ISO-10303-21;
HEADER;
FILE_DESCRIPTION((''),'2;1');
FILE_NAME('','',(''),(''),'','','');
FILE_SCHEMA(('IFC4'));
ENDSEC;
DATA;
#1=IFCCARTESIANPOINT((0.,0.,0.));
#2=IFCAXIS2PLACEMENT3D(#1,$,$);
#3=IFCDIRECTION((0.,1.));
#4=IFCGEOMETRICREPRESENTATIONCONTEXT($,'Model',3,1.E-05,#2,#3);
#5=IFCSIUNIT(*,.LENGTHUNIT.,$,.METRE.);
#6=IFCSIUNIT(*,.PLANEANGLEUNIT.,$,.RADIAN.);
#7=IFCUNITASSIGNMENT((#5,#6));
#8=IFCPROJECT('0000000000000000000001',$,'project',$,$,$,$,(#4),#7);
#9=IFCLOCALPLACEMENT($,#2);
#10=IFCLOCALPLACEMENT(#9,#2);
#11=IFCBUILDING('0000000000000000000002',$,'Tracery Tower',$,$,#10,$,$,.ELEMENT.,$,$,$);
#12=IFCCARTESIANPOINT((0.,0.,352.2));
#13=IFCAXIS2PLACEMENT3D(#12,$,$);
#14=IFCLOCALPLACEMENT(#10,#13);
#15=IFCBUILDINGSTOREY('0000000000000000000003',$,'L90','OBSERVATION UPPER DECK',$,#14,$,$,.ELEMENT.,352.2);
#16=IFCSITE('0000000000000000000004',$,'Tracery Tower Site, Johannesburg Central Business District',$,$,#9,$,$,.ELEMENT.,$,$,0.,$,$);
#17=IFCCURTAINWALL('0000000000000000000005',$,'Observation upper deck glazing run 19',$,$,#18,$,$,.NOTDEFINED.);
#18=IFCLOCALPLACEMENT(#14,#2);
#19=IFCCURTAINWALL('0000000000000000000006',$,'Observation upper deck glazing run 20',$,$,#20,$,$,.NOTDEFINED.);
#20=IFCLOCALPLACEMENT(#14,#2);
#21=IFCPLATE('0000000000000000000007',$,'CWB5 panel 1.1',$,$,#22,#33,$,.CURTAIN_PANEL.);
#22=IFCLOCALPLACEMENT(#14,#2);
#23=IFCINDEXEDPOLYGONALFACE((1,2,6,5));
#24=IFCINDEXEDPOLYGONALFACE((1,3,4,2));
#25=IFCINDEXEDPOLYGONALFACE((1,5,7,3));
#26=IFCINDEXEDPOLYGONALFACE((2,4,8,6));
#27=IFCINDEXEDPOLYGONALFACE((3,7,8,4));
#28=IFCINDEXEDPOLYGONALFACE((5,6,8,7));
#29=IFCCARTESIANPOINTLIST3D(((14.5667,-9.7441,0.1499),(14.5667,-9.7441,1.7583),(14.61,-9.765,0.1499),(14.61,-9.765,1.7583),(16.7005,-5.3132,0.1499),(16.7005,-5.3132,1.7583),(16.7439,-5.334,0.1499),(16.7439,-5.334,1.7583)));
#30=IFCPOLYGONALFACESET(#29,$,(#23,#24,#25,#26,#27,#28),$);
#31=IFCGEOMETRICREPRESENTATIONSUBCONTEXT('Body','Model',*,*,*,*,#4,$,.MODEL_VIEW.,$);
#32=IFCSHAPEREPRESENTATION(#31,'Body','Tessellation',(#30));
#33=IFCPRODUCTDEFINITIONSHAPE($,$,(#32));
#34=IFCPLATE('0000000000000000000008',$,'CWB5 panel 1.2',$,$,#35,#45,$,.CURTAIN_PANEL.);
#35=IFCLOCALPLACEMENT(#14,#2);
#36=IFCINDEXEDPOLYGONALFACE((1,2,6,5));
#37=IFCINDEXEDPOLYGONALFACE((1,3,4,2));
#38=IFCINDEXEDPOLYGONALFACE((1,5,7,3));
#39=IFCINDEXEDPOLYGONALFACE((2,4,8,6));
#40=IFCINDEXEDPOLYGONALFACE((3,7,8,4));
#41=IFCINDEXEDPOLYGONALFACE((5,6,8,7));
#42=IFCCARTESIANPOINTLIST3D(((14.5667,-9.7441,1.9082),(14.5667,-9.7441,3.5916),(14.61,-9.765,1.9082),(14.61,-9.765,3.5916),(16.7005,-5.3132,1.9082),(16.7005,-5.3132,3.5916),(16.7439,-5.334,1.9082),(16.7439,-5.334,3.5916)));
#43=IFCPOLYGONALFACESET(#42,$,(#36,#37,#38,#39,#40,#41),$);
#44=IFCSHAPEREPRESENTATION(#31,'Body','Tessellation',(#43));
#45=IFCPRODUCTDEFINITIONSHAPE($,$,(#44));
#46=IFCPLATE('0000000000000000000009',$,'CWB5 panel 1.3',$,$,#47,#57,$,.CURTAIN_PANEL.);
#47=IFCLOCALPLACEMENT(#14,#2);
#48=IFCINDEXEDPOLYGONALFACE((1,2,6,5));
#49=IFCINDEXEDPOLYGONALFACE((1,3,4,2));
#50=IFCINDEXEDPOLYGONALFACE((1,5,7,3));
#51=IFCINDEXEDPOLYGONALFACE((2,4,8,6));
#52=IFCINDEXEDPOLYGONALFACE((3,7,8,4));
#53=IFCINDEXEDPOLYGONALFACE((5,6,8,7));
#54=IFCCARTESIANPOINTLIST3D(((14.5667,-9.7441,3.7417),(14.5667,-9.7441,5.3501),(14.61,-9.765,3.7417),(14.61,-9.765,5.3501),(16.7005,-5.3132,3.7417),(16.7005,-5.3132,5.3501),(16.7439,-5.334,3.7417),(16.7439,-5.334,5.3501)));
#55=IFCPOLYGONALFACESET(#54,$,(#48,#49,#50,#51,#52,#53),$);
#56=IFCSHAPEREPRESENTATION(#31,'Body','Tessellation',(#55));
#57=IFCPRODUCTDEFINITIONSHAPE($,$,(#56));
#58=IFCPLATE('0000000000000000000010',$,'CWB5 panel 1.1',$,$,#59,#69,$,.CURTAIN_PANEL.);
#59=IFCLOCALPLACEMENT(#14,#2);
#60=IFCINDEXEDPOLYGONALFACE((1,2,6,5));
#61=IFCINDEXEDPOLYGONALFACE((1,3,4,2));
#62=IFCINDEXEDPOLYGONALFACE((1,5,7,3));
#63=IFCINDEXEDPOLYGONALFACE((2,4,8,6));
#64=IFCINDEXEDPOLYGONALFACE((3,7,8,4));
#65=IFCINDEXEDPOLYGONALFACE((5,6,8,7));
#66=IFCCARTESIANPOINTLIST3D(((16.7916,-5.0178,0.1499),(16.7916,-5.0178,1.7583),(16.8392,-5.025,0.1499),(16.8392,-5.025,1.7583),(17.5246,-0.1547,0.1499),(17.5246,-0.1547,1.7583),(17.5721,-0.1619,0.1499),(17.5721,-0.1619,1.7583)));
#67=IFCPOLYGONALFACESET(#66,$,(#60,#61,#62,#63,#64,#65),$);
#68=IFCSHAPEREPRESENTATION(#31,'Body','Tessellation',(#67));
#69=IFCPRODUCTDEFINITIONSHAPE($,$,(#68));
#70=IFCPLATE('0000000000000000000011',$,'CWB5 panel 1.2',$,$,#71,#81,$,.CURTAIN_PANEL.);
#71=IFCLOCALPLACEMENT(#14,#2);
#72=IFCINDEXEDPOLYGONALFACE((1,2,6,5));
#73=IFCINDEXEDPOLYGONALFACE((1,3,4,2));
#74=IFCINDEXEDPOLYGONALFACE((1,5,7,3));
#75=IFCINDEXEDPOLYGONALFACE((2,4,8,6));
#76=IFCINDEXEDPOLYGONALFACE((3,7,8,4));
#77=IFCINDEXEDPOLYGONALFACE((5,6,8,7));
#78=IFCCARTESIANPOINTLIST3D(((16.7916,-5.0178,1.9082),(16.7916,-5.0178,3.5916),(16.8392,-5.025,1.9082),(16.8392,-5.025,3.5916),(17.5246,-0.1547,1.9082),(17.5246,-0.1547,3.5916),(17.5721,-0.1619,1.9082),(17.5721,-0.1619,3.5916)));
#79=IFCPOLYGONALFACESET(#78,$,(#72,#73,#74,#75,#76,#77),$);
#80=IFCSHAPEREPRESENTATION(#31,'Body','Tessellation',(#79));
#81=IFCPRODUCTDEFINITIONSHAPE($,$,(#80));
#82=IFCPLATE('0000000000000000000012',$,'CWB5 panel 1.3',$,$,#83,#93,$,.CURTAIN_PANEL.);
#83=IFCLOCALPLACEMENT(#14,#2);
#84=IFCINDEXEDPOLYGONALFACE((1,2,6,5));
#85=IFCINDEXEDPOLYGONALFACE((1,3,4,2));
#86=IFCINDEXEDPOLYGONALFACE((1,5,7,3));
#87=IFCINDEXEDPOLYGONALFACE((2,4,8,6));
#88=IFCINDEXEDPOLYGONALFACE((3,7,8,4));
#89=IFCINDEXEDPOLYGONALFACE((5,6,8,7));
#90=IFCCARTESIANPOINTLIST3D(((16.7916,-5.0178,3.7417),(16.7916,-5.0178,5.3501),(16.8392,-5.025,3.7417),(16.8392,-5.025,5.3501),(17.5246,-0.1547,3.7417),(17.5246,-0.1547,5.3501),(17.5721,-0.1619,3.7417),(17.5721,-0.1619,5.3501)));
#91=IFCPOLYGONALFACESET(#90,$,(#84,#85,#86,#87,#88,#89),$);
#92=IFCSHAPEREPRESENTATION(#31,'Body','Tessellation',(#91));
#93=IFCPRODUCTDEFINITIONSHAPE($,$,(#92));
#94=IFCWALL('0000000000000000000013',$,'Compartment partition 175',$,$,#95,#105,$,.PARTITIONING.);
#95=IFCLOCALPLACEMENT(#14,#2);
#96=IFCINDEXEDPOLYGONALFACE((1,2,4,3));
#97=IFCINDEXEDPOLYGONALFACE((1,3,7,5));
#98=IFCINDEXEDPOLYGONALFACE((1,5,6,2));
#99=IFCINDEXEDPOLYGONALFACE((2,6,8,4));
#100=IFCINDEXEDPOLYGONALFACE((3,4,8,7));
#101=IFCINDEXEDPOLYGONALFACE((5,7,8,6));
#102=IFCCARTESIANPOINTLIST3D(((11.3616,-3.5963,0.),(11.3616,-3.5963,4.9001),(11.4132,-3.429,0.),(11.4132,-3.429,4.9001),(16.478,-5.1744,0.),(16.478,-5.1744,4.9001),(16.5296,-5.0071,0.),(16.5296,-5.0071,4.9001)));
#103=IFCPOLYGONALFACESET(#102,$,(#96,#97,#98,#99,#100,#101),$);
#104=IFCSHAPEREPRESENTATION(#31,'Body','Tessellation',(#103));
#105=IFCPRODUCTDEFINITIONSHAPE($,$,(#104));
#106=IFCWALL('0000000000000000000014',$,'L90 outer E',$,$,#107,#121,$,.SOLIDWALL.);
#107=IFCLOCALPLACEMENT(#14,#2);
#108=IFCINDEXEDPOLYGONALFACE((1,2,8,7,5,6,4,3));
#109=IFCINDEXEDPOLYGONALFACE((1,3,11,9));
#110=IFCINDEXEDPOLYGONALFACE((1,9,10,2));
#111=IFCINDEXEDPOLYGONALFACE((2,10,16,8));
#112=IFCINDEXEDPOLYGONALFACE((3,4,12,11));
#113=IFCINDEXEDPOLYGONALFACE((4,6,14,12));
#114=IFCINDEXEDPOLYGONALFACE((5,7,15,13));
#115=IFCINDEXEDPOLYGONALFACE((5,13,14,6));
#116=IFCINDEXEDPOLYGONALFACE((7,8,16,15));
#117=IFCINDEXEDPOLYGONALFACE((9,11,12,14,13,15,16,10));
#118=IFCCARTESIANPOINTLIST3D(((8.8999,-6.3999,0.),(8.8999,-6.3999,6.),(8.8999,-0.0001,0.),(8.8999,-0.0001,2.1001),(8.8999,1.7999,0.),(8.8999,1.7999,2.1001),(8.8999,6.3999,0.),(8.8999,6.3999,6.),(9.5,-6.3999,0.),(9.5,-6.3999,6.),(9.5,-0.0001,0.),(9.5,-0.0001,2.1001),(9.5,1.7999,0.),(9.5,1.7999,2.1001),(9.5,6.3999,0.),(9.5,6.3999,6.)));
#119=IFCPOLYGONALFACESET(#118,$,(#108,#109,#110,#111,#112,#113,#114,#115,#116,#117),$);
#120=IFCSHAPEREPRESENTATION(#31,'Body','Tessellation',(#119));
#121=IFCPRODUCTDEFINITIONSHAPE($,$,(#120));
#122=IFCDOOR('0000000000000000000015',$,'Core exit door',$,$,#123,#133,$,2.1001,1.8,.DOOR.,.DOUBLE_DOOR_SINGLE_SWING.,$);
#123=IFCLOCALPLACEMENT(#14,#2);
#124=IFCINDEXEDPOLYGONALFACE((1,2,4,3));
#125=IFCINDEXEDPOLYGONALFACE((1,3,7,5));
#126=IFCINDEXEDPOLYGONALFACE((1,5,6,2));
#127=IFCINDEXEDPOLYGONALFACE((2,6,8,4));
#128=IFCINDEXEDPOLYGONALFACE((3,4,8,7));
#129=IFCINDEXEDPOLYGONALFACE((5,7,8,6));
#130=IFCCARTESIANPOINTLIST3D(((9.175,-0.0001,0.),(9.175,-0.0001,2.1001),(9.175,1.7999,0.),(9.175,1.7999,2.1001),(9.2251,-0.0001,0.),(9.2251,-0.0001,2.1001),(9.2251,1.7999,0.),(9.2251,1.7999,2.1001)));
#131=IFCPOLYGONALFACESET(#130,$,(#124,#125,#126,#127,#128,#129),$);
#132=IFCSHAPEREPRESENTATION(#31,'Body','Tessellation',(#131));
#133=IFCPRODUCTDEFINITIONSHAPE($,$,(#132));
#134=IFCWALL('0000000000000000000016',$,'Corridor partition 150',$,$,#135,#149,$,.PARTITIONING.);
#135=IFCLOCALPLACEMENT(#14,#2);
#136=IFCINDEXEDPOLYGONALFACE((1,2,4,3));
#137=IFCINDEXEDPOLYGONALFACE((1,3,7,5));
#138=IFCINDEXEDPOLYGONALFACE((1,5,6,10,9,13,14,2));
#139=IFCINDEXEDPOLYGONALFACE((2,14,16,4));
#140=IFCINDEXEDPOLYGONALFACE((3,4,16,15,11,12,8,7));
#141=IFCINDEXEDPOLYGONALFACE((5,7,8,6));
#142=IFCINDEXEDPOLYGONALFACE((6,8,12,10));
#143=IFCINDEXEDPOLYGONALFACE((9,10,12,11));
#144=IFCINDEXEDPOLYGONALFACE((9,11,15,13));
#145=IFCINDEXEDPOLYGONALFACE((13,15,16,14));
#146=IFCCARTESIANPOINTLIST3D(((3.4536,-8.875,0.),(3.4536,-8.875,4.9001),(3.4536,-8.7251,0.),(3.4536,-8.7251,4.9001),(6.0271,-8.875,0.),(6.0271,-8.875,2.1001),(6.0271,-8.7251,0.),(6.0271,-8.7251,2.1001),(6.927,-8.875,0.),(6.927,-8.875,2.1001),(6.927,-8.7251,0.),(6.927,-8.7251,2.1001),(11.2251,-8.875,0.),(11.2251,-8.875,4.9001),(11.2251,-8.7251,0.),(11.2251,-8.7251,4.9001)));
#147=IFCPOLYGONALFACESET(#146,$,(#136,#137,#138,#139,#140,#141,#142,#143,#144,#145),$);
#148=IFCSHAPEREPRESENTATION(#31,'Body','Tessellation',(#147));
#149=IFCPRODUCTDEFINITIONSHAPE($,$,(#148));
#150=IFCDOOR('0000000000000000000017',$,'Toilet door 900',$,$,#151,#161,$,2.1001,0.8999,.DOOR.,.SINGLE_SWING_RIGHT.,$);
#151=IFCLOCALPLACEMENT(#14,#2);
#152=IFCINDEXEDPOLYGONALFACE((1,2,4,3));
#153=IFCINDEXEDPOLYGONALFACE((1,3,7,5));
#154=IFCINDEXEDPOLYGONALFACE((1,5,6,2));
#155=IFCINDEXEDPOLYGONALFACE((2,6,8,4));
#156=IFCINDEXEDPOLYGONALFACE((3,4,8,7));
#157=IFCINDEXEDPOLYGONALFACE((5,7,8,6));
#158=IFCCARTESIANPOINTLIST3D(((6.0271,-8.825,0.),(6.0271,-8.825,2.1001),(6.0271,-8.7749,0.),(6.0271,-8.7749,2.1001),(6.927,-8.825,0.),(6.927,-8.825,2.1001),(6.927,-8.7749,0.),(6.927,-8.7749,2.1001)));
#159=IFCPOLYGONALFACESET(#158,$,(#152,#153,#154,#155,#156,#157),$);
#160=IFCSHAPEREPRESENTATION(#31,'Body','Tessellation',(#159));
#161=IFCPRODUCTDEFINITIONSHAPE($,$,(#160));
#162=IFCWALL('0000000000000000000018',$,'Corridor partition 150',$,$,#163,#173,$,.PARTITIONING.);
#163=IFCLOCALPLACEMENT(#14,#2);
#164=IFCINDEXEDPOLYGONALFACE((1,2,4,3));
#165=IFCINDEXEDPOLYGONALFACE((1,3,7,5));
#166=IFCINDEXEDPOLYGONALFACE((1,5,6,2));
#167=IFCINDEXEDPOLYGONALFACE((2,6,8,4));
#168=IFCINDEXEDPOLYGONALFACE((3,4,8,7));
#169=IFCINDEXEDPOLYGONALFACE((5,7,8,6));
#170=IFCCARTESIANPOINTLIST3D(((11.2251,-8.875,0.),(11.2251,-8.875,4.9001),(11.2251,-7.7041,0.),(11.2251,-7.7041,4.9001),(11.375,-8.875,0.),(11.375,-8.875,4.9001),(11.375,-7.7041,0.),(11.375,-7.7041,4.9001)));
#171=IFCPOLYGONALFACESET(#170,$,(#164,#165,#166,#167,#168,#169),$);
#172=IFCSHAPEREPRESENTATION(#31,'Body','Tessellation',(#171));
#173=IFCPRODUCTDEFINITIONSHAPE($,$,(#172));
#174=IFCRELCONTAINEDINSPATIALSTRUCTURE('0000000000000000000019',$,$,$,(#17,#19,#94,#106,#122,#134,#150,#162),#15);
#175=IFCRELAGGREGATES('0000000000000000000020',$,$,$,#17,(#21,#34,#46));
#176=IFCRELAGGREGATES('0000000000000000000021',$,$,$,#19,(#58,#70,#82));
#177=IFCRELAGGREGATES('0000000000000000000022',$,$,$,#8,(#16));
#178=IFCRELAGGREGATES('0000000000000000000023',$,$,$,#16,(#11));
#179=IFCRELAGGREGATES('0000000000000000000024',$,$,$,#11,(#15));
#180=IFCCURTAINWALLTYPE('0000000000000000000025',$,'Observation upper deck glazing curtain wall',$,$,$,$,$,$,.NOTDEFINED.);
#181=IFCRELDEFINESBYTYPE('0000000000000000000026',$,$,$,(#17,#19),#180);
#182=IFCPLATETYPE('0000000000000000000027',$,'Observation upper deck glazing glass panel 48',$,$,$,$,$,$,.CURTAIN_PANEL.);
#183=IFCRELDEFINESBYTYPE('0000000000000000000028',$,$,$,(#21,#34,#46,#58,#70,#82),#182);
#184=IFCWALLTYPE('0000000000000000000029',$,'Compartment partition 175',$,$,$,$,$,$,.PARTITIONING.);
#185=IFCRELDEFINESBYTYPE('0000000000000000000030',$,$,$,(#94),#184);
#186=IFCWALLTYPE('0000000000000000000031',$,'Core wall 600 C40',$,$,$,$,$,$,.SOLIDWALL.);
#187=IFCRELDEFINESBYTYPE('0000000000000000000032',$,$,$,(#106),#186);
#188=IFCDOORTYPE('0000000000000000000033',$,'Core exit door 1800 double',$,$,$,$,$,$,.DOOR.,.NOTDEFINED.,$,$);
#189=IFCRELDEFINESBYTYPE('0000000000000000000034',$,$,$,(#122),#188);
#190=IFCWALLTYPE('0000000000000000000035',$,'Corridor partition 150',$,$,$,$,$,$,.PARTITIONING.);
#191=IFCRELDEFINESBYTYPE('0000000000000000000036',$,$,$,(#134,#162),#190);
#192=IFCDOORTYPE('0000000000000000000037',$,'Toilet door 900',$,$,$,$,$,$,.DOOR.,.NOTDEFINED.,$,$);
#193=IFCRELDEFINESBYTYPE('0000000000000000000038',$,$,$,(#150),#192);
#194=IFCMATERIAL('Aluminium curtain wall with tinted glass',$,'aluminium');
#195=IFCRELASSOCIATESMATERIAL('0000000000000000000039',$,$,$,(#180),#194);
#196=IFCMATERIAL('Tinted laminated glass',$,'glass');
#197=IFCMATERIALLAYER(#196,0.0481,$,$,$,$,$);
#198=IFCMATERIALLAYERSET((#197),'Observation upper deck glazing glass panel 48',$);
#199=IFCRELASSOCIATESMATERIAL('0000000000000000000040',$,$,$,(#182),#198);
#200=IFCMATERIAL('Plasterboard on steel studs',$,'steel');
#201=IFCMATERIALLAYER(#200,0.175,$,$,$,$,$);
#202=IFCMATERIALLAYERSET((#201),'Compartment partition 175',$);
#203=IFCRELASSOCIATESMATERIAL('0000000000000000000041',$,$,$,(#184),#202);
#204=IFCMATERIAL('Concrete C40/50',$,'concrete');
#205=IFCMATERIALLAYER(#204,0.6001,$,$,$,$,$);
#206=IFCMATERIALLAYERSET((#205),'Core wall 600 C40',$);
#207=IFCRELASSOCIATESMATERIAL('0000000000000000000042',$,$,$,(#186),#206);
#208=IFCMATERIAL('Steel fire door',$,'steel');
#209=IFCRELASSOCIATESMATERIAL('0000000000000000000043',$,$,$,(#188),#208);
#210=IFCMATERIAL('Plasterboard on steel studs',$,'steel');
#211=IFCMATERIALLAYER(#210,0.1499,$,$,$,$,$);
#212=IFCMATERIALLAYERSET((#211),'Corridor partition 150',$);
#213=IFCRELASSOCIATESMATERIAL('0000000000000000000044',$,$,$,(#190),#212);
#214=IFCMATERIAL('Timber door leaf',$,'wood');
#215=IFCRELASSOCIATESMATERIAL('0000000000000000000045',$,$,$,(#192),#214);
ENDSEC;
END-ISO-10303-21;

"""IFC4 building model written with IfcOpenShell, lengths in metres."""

from ifc_helpers import new_model, si_unit, direction, frame, frame_2d, origin, origin_2d, place, context, subcontext, project, spatial, rectangle, extrude, material, layer, layer_set, type_object, element, fill, aggregate, save


model = new_model("IFC4")

# Units and contexts
model_context = context("Model", 3, precision=1e-05, world=origin(), true_north=direction((0.0, 1.0)))
body_context = subcontext(model_context, "Body", "Model", "MODEL_VIEW")
ifc_project = project(units=[si_unit("LENGTHUNIT", "METRE"), si_unit("PLANEANGLEUNIT", "RADIAN")], contexts=[model_context])

# Site, building, storey
site_placement = place(None, origin())
site = spatial("IfcSite", under=ifc_project, at=site_placement, Name="Tracery Tower Site, Johannesburg Central Business District", CompositionType="ELEMENT", RefElevation=0.0)
building_placement = place(site_placement, origin())
building = spatial("IfcBuilding", under=site, at=building_placement, Name="Tracery Tower", CompositionType="ELEMENT")
storey_placement = place(building_placement, frame((0.0, 0.0, 352.2)))
storey = spatial("IfcBuildingStorey", under=building, at=storey_placement, Name="L90", Description="OBSERVATION UPPER DECK", CompositionType="ELEMENT", Elevation=352.2)

# Curtain wall
ifc_material_1 = material(Name="Aluminium curtain wall with tinted glass", Category="aluminium")
curtain_wall_type = type_object("IfcCurtainWallType", Name="Observation upper deck glazing curtain wall", PredefinedType="NOTDEFINED", material=ifc_material_1)
curtain_wall_1_placement = place(storey_placement, origin())
curtain_wall_1 = element("IfcCurtainWall", 1, at=curtain_wall_1_placement, inside=storey, type_object=curtain_wall_type, Name="Observation upper deck glazing run 19", PredefinedType="NOTDEFINED")

# Curtain wall
curtain_wall_2_placement = place(storey_placement, origin())
curtain_wall_2 = element("IfcCurtainWall", 2, at=curtain_wall_2_placement, inside=storey, type_object=curtain_wall_type, Name="Observation upper deck glazing run 20", PredefinedType="NOTDEFINED")

# Plates
ifc_material_2 = material(Name="Tinted laminated glass", Category="glass")
ifc_layer_1 = layer(ifc_material_2, 0.0481)
ifc_layer_set_1 = layer_set([ifc_layer_1], Name="Observation upper deck glazing glass panel 48")
plate_type = type_object("IfcPlateType", Name="Observation upper deck glazing glass panel 48", PredefinedType="CURTAIN_PANEL", material=ifc_layer_set_1)
plate_1_placement = place(storey_placement, frame((15.6553, -7.5391, 0.1499), z_axis=(0.0, 0.0, 1.0), x_axis=(0.433888, 0.900967, 0.0)))
plate_1 = element("IfcPlate", 3, at=plate_1_placement, type_object=plate_type, Name="CWB5 panel 1.1", PredefinedType="CURTAIN_PANEL", context=body_context, shape_type="SweptSolid", body=[
    extrude(rectangle(XDim=4.918, YDim=0.0481, at=origin_2d()), origin(), (0.0, 0.0, 1.0), 1.6084),
])
plate_2_placement = place(storey_placement, frame((15.6553, -7.5391, 1.9082), z_axis=(0.0, 0.0, 1.0), x_axis=(0.433888, 0.900967, 0.0)))
plate_2 = element("IfcPlate", 4, at=plate_2_placement, type_object=plate_type, Name="CWB5 panel 1.2", PredefinedType="CURTAIN_PANEL", context=body_context, shape_type="SweptSolid", body=[
    extrude(rectangle(XDim=4.918, YDim=0.0481, at=origin_2d()), origin(), (0.0, 0.0, 1.0), 1.6833),
])
plate_3_placement = place(storey_placement, frame((15.6553, -7.5391, 3.7417), z_axis=(0.0, 0.0, 1.0), x_axis=(0.433888, 0.900967, 0.0)))
plate_3 = element("IfcPlate", 5, at=plate_3_placement, type_object=plate_type, Name="CWB5 panel 1.3", PredefinedType="CURTAIN_PANEL", context=body_context, shape_type="SweptSolid", body=[
    extrude(rectangle(XDim=4.918, YDim=0.0481, at=origin_2d()), origin(), (0.0, 0.0, 1.0), 1.6084),
])
aggregate(curtain_wall_1, [plate_1, plate_2, plate_3])
plate_4_placement = place(storey_placement, frame((17.1819, -2.5898, 0.1499), z_axis=(0.0, 0.0, 1.0), x_axis=(0.149033, 0.988832, 0.0)))
plate_4 = element("IfcPlate", 6, at=plate_4_placement, type_object=plate_type, Name="CWB5 panel 1.1", PredefinedType="CURTAIN_PANEL", context=body_context, shape_type="SweptSolid", body=[
    extrude(rectangle(XDim=4.918, YDim=0.0481, at=origin_2d()), origin(), (0.0, 0.0, 1.0), 1.6084),
])
plate_5_placement = place(storey_placement, frame((17.1819, -2.5898, 1.9082), z_axis=(0.0, 0.0, 1.0), x_axis=(0.149033, 0.988832, 0.0)))
plate_5 = element("IfcPlate", 7, at=plate_5_placement, type_object=plate_type, Name="CWB5 panel 1.2", PredefinedType="CURTAIN_PANEL", context=body_context, shape_type="SweptSolid", body=[
    extrude(rectangle(XDim=4.918, YDim=0.0481, at=origin_2d()), origin(), (0.0, 0.0, 1.0), 1.6833),
])
plate_6_placement = place(storey_placement, frame((17.1819, -2.5898, 3.7417), z_axis=(0.0, 0.0, 1.0), x_axis=(0.149033, 0.988832, 0.0)))
plate_6 = element("IfcPlate", 8, at=plate_6_placement, type_object=plate_type, Name="CWB5 panel 1.3", PredefinedType="CURTAIN_PANEL", context=body_context, shape_type="SweptSolid", body=[
    extrude(rectangle(XDim=4.918, YDim=0.0481, at=origin_2d()), origin(), (0.0, 0.0, 1.0), 1.6084),
])
aggregate(curtain_wall_2, [plate_4, plate_5, plate_6])

# Shared definitions
ifc_material_3 = material(Name="Plasterboard on steel studs", Category="steel")
ifc_layer_2 = layer(ifc_material_3, 0.175)
ifc_layer_set_2 = layer_set([ifc_layer_2], Name="Compartment partition 175")
wall_type_1 = type_object("IfcWallType", Name="Compartment partition 175", PredefinedType="PARTITIONING", material=ifc_layer_set_2)

# Wall
wall_1_placement = place(storey_placement, frame((16.5039, -5.0908, 0.0), z_axis=(0.0, 0.0, 1.0), x_axis=(-0.955578, 0.294739, 0.0)))
element("IfcWall", 9, at=wall_1_placement, inside=storey, type_object=wall_type_1, Name="Compartment partition 175", PredefinedType="PARTITIONING", context=body_context, shape_type="SweptSolid", body=[
    extrude(rectangle(XDim=5.3542, YDim=0.175, at=frame_2d((2.6772, 0.0))), origin(), (0.0, 0.0, 1.0), 4.9001),
])

# Walls, openings, doors
ifc_material_4 = material(Name="Concrete C40/50", Category="concrete")
ifc_layer_3 = layer(ifc_material_4, 0.6001)
ifc_layer_set_3 = layer_set([ifc_layer_3], Name="Core wall 600 C40")
wall_type_2 = type_object("IfcWallType", Name="Core wall 600 C40", PredefinedType="SOLIDWALL", material=ifc_layer_set_3)
wall_2_placement = place(storey_placement, frame((9.2, -6.3999, 0.0), z_axis=(0.0, 0.0, 1.0), x_axis=(0.0, 1.0, 0.0)))
wall_2 = element("IfcWall", 10, at=wall_2_placement, inside=storey, type_object=wall_type_2, Name="L90 outer E", PredefinedType="SOLIDWALL", context=body_context, shape_type="SweptSolid", body=[
    extrude(rectangle(XDim=12.7998, YDim=0.6001, at=frame_2d((6.3999, 0.0))), origin(), (0.0, 0.0, 1.0), 6.0),
])
opening_1_placement = place(wall_2_placement, frame((6.3999, 0.0, 0.0)))
opening_1 = element("IfcOpeningElement", 11, at=opening_1_placement, cuts=wall_2, PredefinedType="OPENING", context=body_context, shape_type="SweptSolid", body=[
    extrude(rectangle(XDim=1.8, YDim=2.1001, at=frame_2d((0.8999, 1.05))), frame((0.0, 0.3, 0.0), z_axis=(0.0, -1.0, 0.0), x_axis=(1.0, 0.0, 0.0)), (0.0, 0.0, 1.0), 0.6001),
])
ifc_material_5 = material(Name="Steel fire door", Category="steel")
door_type_1 = type_object("IfcDoorType", Name="Core exit door 1800 double", OperationType="NOTDEFINED", PredefinedType="DOOR", material=ifc_material_5)
door_1_placement = place(opening_1_placement, origin())
door_1 = element("IfcDoor", 12, at=door_1_placement, inside=storey, type_object=door_type_1, Name="Core exit door", OperationType="DOUBLE_DOOR_SINGLE_SWING", OverallHeight=2.1001, OverallWidth=1.8, PredefinedType="DOOR", context=body_context, shape_type="SweptSolid", body=[
    extrude(rectangle(XDim=1.8, YDim=2.1001, at=frame_2d((0.8999, 1.05))), frame((0.0, 0.0249, 0.0), z_axis=(0.0, -1.0, 0.0), x_axis=(1.0, 0.0, 0.0)), (0.0, 0.0, 1.0), 0.05),
])
fill(opening_1, door_1)
ifc_material_6 = material(Name="Plasterboard on steel studs", Category="steel")
ifc_layer_4 = layer(ifc_material_6, 0.1499)
ifc_layer_set_4 = layer_set([ifc_layer_4], Name="Corridor partition 150")
wall_type_3 = type_object("IfcWallType", Name="Corridor partition 150", PredefinedType="PARTITIONING", material=ifc_layer_set_4)
wall_3_placement = place(storey_placement, frame((11.2251, -8.8, 0.0), z_axis=(0.0, 0.0, 1.0), x_axis=(-1.0, 0.0, 0.0)))
wall_3 = element("IfcWall", 13, at=wall_3_placement, inside=storey, type_object=wall_type_3, Name="Corridor partition 150", PredefinedType="PARTITIONING", context=body_context, shape_type="SweptSolid", body=[
    extrude(rectangle(XDim=7.7715, YDim=0.1499, at=frame_2d((3.8857, 0.0))), origin(), (0.0, 0.0, 1.0), 4.9001),
])
opening_2_placement = place(wall_3_placement, frame((4.2981, 0.0, 0.0)))
opening_2 = element("IfcOpeningElement", 14, at=opening_2_placement, cuts=wall_3, PredefinedType="OPENING", context=body_context, shape_type="SweptSolid", body=[
    extrude(rectangle(XDim=0.8999, YDim=2.1001, at=frame_2d((0.45, 1.05))), frame((0.0, 0.075, 0.0), z_axis=(0.0, -1.0, 0.0), x_axis=(1.0, 0.0, 0.0)), (0.0, 0.0, 1.0), 0.1499),
])
ifc_material_7 = material(Name="Timber door leaf", Category="wood")
door_type_2 = type_object("IfcDoorType", Name="Toilet door 900", OperationType="NOTDEFINED", PredefinedType="DOOR", material=ifc_material_7)
door_2_placement = place(opening_2_placement, origin())
door_2 = element("IfcDoor", 15, at=door_2_placement, inside=storey, type_object=door_type_2, Name="Toilet door 900", OperationType="SINGLE_SWING_RIGHT", OverallHeight=2.1001, OverallWidth=0.8999, PredefinedType="DOOR", context=body_context, shape_type="SweptSolid", body=[
    extrude(rectangle(XDim=0.8999, YDim=2.1001, at=frame_2d((0.45, 1.05))), frame((0.0, 0.0249, 0.0), z_axis=(0.0, -1.0, 0.0), x_axis=(1.0, 0.0, 0.0)), (0.0, 0.0, 1.0), 0.05),
])
fill(opening_2, door_2)

# Wall
wall_4_placement = place(storey_placement, frame((11.3, -8.875, 0.0), z_axis=(0.0, 0.0, 1.0), x_axis=(0.0, 1.0, 0.0)))
element("IfcWall", 16, at=wall_4_placement, inside=storey, type_object=wall_type_3, Name="Corridor partition 150", PredefinedType="PARTITIONING", context=body_context, shape_type="SweptSolid", body=[
    extrude(rectangle(XDim=1.1709, YDim=0.1499, at=frame_2d((0.5854, 0.0))), origin(), (0.0, 0.0, 1.0), 4.9001),
])

save(model, "model.ifc")
